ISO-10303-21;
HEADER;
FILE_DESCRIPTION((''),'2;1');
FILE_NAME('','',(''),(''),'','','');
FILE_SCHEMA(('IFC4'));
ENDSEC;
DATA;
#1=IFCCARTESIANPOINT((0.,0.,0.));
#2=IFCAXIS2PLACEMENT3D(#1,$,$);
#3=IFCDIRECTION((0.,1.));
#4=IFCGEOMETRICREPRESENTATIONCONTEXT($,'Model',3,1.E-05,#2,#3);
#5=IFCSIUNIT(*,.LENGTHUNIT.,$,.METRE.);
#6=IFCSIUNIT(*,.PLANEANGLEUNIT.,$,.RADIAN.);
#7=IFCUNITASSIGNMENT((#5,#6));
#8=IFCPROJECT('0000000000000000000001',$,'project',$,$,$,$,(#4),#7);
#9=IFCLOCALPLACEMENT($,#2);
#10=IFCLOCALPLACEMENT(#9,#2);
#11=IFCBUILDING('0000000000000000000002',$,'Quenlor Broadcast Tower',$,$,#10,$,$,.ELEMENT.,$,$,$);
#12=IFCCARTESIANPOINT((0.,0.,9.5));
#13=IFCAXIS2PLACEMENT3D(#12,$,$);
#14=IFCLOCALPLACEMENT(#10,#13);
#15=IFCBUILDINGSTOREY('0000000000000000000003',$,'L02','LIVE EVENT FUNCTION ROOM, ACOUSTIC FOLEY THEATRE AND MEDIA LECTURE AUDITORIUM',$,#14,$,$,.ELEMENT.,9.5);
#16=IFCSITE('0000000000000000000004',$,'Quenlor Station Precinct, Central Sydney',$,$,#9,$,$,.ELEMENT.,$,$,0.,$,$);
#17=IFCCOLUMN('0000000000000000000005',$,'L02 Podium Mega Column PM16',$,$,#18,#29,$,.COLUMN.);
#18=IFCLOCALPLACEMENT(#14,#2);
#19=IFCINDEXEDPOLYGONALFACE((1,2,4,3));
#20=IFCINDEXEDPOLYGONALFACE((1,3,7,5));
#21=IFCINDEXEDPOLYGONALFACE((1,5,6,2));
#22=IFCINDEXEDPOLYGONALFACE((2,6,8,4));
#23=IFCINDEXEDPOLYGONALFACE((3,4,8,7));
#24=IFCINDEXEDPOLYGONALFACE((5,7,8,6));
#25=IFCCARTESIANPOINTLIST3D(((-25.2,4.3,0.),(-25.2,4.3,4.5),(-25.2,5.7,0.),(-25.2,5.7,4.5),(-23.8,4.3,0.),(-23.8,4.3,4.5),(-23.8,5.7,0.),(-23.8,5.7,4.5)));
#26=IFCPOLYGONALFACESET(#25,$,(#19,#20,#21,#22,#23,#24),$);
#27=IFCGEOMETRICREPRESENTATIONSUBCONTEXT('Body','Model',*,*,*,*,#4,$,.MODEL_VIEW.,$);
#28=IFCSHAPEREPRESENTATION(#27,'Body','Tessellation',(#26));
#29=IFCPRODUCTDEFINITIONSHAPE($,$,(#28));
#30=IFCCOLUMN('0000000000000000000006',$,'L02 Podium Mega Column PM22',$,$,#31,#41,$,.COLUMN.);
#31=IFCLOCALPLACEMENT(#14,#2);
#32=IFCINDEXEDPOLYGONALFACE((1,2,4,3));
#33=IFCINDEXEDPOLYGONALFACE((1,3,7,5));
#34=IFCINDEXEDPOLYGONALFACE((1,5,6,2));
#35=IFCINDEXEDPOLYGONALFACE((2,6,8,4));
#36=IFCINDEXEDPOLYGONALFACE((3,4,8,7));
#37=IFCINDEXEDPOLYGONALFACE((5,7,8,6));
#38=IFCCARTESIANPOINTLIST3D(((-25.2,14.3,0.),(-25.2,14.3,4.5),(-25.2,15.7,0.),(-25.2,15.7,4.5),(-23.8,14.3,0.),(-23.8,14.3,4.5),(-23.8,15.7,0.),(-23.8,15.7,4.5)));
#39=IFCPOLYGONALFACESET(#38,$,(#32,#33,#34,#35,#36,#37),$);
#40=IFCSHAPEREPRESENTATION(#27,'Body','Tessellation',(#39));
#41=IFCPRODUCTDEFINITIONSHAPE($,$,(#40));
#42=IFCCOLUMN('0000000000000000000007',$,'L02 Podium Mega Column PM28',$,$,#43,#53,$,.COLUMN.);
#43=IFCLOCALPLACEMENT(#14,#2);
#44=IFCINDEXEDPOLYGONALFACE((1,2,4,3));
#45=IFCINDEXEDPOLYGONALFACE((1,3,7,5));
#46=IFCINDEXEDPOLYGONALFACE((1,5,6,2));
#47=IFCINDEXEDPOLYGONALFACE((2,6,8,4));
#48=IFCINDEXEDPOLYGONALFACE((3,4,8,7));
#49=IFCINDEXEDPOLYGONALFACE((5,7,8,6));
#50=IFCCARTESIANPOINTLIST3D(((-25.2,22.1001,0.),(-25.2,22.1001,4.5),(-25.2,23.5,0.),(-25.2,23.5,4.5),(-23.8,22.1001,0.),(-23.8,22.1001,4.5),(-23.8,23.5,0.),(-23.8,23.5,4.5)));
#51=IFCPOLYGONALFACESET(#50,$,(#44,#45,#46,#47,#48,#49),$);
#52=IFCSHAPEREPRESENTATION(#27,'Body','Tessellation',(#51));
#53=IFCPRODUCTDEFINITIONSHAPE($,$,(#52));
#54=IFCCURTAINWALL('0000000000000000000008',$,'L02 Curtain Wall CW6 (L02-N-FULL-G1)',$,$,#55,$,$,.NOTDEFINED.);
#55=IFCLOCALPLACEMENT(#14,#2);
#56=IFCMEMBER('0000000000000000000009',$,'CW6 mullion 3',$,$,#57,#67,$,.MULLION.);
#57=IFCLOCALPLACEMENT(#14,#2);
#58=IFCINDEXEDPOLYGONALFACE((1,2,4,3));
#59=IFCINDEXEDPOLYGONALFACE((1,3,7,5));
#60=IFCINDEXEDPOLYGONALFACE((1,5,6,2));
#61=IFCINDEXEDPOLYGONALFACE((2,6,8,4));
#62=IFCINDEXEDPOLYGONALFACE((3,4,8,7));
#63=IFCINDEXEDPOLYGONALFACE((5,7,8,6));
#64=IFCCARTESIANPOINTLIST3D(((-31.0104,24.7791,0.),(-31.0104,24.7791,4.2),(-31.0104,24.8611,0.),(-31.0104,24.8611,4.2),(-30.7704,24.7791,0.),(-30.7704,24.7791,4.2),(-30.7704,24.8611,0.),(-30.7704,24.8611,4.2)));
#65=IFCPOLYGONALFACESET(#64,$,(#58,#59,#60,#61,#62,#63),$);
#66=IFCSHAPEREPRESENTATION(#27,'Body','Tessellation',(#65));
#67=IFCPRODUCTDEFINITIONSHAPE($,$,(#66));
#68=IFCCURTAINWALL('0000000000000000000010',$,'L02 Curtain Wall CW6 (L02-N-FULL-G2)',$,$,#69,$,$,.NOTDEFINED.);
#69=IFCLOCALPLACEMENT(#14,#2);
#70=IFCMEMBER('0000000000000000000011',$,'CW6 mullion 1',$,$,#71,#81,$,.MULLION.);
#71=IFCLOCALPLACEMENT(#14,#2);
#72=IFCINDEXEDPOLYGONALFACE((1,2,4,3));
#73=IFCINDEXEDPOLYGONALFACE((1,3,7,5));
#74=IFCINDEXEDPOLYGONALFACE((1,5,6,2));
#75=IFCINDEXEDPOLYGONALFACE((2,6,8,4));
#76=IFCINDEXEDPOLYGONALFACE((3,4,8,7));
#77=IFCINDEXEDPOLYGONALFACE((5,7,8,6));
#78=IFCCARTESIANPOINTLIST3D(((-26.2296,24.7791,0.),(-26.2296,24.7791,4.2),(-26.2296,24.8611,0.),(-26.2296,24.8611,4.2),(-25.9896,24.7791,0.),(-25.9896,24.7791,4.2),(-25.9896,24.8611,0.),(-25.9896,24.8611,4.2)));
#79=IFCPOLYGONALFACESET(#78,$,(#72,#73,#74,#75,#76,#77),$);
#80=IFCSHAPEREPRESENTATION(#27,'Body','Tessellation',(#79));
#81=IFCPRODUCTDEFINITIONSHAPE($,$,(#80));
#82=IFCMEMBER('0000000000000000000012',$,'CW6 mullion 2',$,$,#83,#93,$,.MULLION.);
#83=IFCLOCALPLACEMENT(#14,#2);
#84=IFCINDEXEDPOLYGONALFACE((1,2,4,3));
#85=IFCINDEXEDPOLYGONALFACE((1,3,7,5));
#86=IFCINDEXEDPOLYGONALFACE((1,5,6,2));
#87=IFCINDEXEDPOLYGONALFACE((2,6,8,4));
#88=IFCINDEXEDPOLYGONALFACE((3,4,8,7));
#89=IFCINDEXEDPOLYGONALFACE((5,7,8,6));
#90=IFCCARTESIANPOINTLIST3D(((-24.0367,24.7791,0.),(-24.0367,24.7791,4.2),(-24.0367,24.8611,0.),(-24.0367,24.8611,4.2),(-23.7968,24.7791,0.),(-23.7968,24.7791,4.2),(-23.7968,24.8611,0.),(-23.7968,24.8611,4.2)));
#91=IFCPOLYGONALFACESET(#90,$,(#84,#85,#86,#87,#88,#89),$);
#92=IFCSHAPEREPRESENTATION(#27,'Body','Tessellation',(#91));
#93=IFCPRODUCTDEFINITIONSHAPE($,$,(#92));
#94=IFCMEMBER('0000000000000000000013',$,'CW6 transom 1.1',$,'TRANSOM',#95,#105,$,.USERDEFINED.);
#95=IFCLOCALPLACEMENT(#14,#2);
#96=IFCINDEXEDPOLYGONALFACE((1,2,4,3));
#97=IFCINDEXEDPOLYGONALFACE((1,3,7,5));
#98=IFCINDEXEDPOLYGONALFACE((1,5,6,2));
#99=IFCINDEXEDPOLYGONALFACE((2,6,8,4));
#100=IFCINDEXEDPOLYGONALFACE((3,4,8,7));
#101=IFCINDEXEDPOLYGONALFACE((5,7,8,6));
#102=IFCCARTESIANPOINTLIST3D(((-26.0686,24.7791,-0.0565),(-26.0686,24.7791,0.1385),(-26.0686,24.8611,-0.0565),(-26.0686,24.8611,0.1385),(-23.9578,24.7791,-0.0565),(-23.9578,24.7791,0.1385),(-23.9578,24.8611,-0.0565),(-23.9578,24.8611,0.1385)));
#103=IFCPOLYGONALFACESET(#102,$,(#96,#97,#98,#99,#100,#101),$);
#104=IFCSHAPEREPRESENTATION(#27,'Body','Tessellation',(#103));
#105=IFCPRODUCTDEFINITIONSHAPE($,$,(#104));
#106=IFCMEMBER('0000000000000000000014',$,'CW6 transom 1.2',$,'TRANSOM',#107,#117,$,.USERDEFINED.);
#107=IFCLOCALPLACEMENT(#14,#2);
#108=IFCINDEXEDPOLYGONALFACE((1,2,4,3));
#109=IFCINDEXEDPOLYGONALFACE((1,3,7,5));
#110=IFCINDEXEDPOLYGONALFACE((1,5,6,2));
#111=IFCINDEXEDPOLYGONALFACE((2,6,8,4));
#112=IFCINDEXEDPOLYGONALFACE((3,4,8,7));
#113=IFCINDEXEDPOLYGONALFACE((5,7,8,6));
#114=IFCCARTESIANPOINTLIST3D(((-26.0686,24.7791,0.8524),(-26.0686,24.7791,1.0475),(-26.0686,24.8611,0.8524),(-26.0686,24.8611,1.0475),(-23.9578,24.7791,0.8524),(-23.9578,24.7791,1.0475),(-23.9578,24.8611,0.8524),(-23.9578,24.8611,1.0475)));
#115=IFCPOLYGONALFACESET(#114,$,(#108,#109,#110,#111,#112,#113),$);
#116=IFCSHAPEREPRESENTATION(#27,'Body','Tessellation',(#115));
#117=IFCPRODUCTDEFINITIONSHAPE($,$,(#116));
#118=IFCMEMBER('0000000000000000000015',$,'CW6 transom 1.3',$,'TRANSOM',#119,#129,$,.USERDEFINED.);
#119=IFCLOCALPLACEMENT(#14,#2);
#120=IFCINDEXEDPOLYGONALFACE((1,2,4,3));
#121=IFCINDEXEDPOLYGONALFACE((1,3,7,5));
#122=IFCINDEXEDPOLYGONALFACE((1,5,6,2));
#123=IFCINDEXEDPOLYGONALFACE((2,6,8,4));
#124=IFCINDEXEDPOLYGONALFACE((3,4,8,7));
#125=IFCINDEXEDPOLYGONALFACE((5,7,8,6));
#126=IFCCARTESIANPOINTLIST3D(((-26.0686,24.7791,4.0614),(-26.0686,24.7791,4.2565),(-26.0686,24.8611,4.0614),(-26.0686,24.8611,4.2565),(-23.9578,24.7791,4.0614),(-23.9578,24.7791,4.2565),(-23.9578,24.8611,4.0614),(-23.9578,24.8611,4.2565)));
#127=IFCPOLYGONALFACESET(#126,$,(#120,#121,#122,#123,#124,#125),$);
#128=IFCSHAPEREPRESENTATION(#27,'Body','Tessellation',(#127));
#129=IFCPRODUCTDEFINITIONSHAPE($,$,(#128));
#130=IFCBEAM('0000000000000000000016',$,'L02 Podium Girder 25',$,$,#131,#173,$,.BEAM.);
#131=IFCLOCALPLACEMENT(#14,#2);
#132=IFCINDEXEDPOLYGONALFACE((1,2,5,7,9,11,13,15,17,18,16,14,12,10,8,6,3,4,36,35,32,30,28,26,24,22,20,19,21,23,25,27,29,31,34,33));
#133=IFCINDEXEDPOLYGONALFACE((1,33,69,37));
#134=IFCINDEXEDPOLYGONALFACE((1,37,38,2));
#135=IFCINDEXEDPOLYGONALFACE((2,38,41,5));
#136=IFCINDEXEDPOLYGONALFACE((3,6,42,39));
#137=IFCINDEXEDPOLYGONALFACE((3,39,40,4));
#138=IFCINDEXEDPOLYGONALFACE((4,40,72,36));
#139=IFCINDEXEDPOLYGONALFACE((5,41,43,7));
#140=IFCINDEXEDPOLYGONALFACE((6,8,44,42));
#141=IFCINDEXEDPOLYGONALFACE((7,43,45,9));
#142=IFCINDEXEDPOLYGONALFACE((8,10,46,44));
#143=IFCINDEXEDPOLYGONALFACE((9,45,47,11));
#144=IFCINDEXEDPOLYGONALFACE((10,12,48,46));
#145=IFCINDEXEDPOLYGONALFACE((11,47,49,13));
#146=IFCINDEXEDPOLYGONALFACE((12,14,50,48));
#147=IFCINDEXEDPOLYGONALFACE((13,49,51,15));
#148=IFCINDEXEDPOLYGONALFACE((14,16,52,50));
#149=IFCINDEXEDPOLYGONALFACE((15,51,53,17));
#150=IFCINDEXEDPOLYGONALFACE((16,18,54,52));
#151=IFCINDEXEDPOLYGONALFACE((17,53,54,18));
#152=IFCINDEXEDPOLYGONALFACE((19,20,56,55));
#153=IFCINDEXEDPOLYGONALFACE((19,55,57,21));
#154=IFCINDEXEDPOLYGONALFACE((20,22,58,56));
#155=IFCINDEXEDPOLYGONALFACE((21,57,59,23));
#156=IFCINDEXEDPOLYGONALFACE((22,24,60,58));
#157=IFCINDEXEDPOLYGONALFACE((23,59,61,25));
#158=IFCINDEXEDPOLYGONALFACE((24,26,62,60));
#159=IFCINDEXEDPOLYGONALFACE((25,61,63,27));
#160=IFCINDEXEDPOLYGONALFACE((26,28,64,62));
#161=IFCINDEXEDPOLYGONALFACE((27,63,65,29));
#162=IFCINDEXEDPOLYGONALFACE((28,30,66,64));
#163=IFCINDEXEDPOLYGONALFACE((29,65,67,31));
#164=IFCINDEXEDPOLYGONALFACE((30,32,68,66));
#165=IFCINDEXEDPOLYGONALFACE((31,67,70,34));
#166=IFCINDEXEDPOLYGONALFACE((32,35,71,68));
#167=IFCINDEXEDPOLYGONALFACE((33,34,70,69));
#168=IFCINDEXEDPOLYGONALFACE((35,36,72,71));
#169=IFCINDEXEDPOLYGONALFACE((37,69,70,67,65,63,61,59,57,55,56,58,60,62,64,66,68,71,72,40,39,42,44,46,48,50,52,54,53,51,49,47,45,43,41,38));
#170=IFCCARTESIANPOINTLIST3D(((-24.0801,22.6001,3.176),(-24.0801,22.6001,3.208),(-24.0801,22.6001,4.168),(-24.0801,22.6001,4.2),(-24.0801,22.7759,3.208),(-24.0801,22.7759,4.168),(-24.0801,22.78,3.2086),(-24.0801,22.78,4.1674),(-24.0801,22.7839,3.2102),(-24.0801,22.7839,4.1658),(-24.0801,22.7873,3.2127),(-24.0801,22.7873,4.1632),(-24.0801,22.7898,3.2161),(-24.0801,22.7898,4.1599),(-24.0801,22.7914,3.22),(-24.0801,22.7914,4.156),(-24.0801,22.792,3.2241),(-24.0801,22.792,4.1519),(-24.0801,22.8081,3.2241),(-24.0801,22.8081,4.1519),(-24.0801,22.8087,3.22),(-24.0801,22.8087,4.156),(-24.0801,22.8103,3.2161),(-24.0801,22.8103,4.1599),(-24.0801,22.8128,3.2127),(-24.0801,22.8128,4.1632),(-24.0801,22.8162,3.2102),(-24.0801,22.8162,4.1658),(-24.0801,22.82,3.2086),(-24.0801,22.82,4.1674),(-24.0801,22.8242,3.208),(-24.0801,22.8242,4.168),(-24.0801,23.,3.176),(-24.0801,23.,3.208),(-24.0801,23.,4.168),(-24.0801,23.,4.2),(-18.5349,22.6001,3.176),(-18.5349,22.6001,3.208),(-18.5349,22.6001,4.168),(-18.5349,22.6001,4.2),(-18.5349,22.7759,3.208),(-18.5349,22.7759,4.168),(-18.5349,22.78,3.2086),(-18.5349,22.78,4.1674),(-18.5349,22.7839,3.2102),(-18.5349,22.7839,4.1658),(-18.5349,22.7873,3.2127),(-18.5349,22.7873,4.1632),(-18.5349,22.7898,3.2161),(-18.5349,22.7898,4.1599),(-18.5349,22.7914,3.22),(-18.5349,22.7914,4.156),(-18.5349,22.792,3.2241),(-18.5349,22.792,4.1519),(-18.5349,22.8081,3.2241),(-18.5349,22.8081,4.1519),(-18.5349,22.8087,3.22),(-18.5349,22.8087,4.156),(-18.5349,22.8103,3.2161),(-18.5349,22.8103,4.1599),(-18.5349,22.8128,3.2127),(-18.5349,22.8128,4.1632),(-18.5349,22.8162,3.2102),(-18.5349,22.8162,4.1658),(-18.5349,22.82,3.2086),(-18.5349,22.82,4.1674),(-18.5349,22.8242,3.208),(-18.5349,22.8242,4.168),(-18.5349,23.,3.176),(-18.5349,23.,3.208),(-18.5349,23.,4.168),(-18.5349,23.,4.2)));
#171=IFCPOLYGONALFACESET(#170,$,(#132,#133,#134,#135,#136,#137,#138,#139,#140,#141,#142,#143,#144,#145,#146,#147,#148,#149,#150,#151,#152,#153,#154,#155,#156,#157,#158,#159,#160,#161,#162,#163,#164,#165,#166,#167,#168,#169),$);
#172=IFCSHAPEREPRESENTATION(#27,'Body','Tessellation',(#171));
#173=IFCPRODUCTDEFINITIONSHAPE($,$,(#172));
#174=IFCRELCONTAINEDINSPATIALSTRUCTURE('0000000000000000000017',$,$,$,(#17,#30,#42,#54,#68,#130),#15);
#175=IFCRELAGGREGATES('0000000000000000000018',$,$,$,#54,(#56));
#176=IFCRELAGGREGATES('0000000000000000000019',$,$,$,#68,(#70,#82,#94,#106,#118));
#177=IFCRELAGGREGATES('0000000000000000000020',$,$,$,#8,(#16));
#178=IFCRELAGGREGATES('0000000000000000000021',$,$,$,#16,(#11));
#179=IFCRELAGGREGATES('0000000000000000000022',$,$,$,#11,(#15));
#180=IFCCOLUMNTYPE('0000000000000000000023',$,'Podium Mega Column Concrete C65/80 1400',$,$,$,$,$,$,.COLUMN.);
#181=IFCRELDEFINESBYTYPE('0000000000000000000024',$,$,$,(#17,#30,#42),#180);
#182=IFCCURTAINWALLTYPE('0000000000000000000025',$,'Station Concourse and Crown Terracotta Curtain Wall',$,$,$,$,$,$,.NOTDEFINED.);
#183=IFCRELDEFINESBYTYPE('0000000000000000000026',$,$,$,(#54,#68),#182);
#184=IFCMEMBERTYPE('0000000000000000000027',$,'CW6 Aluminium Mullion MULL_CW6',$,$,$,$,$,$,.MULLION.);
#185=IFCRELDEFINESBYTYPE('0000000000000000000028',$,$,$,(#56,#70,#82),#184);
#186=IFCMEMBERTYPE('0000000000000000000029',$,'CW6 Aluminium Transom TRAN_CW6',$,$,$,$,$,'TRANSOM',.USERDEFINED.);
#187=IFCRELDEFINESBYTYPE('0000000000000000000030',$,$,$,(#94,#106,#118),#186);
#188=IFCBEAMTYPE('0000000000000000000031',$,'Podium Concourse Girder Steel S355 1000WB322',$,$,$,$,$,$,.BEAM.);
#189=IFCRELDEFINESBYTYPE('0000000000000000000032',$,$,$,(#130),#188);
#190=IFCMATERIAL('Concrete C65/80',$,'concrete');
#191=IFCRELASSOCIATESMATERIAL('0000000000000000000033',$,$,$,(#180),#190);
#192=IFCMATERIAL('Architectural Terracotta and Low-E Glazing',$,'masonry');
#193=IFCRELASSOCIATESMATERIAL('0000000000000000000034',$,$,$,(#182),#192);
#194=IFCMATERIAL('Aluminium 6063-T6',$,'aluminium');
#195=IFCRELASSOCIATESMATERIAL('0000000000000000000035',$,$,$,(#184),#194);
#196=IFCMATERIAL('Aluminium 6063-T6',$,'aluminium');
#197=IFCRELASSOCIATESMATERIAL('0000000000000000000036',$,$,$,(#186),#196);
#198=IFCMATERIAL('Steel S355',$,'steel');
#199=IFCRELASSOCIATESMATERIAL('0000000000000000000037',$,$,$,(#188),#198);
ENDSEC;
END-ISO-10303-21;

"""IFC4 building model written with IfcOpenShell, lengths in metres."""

from ifc_helpers import new_model, si_unit, direction, frame, origin, origin_2d, place, context, subcontext, project, spatial, rectangle, i_section, extrude, material, material_profile, profile_set, type_object, element, aggregate, save


model = new_model("IFC4")

# Units and contexts
model_context = context("Model", 3, precision=1e-05, world=origin(), true_north=direction((0.0, 1.0)))
body_context = subcontext(model_context, "Body", "Model", "MODEL_VIEW")
ifc_project = project(units=[si_unit("LENGTHUNIT", "METRE"), si_unit("PLANEANGLEUNIT", "RADIAN")], contexts=[model_context])

# Site, building, storey
site_placement = place(None, origin())
site = spatial("IfcSite", under=ifc_project, at=site_placement, Name="Quenlor Station Precinct, Central Sydney", CompositionType="ELEMENT", RefElevation=0.0)
building_placement = place(site_placement, origin())
building = spatial("IfcBuilding", under=site, at=building_placement, Name="Quenlor Broadcast Tower", CompositionType="ELEMENT")
storey_placement = place(building_placement, frame((0.0, 0.0, 9.5)))
storey = spatial("IfcBuildingStorey", under=building, at=storey_placement, Name="L02", Description="LIVE EVENT FUNCTION ROOM, ACOUSTIC FOLEY THEATRE AND MEDIA LECTURE AUDITORIUM", CompositionType="ELEMENT", Elevation=9.5)

# Columns
ifc_material_1 = material(Name="Concrete C65/80", Category="concrete")
ifc_material_profile_1 = material_profile(ifc_material_1, rectangle(XDim=1.3999, YDim=1.3999, at=origin_2d()))
ifc_profile_set_1 = profile_set([ifc_material_profile_1], Name="Concrete C65/80 RC1400x1400")
column_type = type_object("IfcColumnType", Name="Podium Mega Column Concrete C65/80 1400", PredefinedType="COLUMN", material=ifc_profile_set_1)
for number, where, z_axis, x_axis, name in (
    (1, (-24.5, 5.0, 0.0), (0.0, 0.0, 1.0), (1.0, 0.0, 0.0), "L02 Podium Mega Column PM16"),
    (2, (-24.5, 15.0, 0.0), (0.0, 0.0, 1.0), (1.0, 0.0, 0.0), "L02 Podium Mega Column PM22"),
    (3, (-24.5, 22.8, 0.0), (0.0, 0.0, 1.0), (1.0, 0.0, 0.0), "L02 Podium Mega Column PM28"),
):
    element("IfcColumn", number, at=place(storey_placement, frame(where, z_axis=z_axis, x_axis=x_axis)), inside=storey, type_object=column_type, Name=name, PredefinedType="COLUMN", context=body_context, shape_type="SweptSolid", body=[
        extrude(rectangle(XDim=1.3999, YDim=1.3999, at=origin_2d()), origin(), (0.0, 0.0, 1.0), 4.5),
    ])

# Curtain wall, member
ifc_material_2 = material(Name="Architectural Terracotta and Low-E Glazing", Category="masonry")
curtain_wall_type = type_object("IfcCurtainWallType", Name="Station Concourse and Crown Terracotta Curtain Wall", PredefinedType="NOTDEFINED", material=ifc_material_2)
curtain_wall_1_placement = place(storey_placement, origin())
curtain_wall_1 = element("IfcCurtainWall", 4, at=curtain_wall_1_placement, inside=storey, type_object=curtain_wall_type, Name="L02 Curtain Wall CW6 (L02-N-FULL-G1)", PredefinedType="NOTDEFINED")
ifc_material_3 = material(Name="Aluminium 6063-T6", Category="aluminium")
ifc_material_profile_2 = material_profile(ifc_material_3, rectangle(XDim=0.082, YDim=0.24, at=origin_2d()))
ifc_profile_set_2 = profile_set([ifc_material_profile_2], Name="Aluminium 6063-T6 MULL82x240")
member_type_1 = type_object("IfcMemberType", Name="CW6 Aluminium Mullion MULL_CW6", PredefinedType="MULLION", material=ifc_profile_set_2)
member_1_placement = place(storey_placement, frame((-30.8904, 24.8201, 0.0), z_axis=(0.0, 0.0, 1.0), x_axis=(0.0, 1.0, 0.0)))
member_1 = element("IfcMember", 5, at=member_1_placement, type_object=member_type_1, Name="CW6 mullion 3", PredefinedType="MULLION", context=body_context, shape_type="SweptSolid", body=[
    extrude(rectangle(XDim=0.082, YDim=0.24, at=origin_2d()), origin(), (0.0, 0.0, 1.0), 4.2),
])
aggregate(curtain_wall_1, [member_1])

# Curtain wall, members
curtain_wall_2_placement = place(storey_placement, origin())
curtain_wall_2 = element("IfcCurtainWall", 6, at=curtain_wall_2_placement, inside=storey, type_object=curtain_wall_type, Name="L02 Curtain Wall CW6 (L02-N-FULL-G2)", PredefinedType="NOTDEFINED")
member_2_placement = place(storey_placement, frame((-26.1096, 24.8201, 0.0), z_axis=(0.0, 0.0, 1.0), x_axis=(0.0, 1.0, 0.0)))
member_2 = element("IfcMember", 7, at=member_2_placement, type_object=member_type_1, Name="CW6 mullion 1", PredefinedType="MULLION", context=body_context, shape_type="SweptSolid", body=[
    extrude(rectangle(XDim=0.082, YDim=0.24, at=origin_2d()), origin(), (0.0, 0.0, 1.0), 4.2),
])
member_3_placement = place(storey_placement, frame((-23.9167, 24.8201, 0.0), z_axis=(0.0, 0.0, 1.0), x_axis=(0.0, 1.0, 0.0)))
member_3 = element("IfcMember", 8, at=member_3_placement, type_object=member_type_1, Name="CW6 mullion 2", PredefinedType="MULLION", context=body_context, shape_type="SweptSolid", body=[
    extrude(rectangle(XDim=0.082, YDim=0.24, at=origin_2d()), origin(), (0.0, 0.0, 1.0), 4.2),
])
ifc_material_4 = material(Name="Aluminium 6063-T6", Category="aluminium")
ifc_material_profile_3 = material_profile(ifc_material_4, rectangle(XDim=0.082, YDim=0.1951, at=origin_2d()))
ifc_profile_set_3 = profile_set([ifc_material_profile_3], Name="Aluminium 6063-T6 TRAN82x195")
member_type_2 = type_object("IfcMemberType", Name="CW6 Aluminium Transom TRAN_CW6", ElementType="TRANSOM", PredefinedType="USERDEFINED", material=ifc_profile_set_3)
member_4_placement = place(storey_placement, frame((-26.0686, 24.8201, 0.041), z_axis=(1.0, 0.0, 0.0), x_axis=(0.0, 1.0, 0.0)))
member_4 = element("IfcMember", 9, at=member_4_placement, type_object=member_type_2, Name="CW6 transom 1.1", ObjectType="TRANSOM", PredefinedType="USERDEFINED", context=body_context, shape_type="SweptSolid", body=[
    extrude(rectangle(XDim=0.082, YDim=0.1951, at=origin_2d()), origin(), (0.0, 0.0, 1.0), 2.1108),
])
member_5_placement = place(storey_placement, frame((-26.0686, 24.8201, 0.95), z_axis=(1.0, 0.0, 0.0), x_axis=(0.0, 1.0, 0.0)))
member_5 = element("IfcMember", 10, at=member_5_placement, type_object=member_type_2, Name="CW6 transom 1.2", ObjectType="TRANSOM", PredefinedType="USERDEFINED", context=body_context, shape_type="SweptSolid", body=[
    extrude(rectangle(XDim=0.082, YDim=0.1951, at=origin_2d()), origin(), (0.0, 0.0, 1.0), 2.1108),
])
member_6_placement = place(storey_placement, frame((-26.0686, 24.8201, 4.1589), z_axis=(1.0, 0.0, 0.0), x_axis=(0.0, 1.0, 0.0)))
member_6 = element("IfcMember", 11, at=member_6_placement, type_object=member_type_2, Name="CW6 transom 1.3", ObjectType="TRANSOM", PredefinedType="USERDEFINED", context=body_context, shape_type="SweptSolid", body=[
    extrude(rectangle(XDim=0.082, YDim=0.1951, at=origin_2d()), origin(), (0.0, 0.0, 1.0), 2.1108),
])

# Beam
ifc_material_5 = material(Name="Steel S355", Category="steel")
ifc_material_profile_4 = material_profile(ifc_material_5, i_section(OverallWidth=0.3999, OverallDepth=1.0239, WebThickness=0.0161, FlangeThickness=0.032, FilletRadius=0.0161, at=origin_2d()))
ifc_profile_set_4 = profile_set([ifc_material_profile_4], Name="Steel S355 1000WB322")
beam_type_1 = type_object("IfcBeamType", Name="Podium Concourse Girder Steel S355 1000WB322", PredefinedType="BEAM", material=ifc_profile_set_4)
beam_1_placement = place(storey_placement, frame((-24.0801, 22.8, 3.688), z_axis=(1.0, 0.0, 0.0), x_axis=(0.0, 1.0, 0.0)))
element("IfcBeam", 12, at=beam_1_placement, inside=storey, type_object=beam_type_1, Name="L02 Podium Girder 25", PredefinedType="BEAM", context=body_context, shape_type="SweptSolid", body=[
    extrude(i_section(OverallWidth=0.3999, OverallDepth=1.0239, WebThickness=0.0161, FlangeThickness=0.032, FilletRadius=0.0161, at=origin_2d()), origin(), (0.0, 0.0, 1.0), 5.5452),
])

aggregate(curtain_wall_2, [member_2, member_3, member_4, member_5, member_6])

save(model, "model.ifc")
